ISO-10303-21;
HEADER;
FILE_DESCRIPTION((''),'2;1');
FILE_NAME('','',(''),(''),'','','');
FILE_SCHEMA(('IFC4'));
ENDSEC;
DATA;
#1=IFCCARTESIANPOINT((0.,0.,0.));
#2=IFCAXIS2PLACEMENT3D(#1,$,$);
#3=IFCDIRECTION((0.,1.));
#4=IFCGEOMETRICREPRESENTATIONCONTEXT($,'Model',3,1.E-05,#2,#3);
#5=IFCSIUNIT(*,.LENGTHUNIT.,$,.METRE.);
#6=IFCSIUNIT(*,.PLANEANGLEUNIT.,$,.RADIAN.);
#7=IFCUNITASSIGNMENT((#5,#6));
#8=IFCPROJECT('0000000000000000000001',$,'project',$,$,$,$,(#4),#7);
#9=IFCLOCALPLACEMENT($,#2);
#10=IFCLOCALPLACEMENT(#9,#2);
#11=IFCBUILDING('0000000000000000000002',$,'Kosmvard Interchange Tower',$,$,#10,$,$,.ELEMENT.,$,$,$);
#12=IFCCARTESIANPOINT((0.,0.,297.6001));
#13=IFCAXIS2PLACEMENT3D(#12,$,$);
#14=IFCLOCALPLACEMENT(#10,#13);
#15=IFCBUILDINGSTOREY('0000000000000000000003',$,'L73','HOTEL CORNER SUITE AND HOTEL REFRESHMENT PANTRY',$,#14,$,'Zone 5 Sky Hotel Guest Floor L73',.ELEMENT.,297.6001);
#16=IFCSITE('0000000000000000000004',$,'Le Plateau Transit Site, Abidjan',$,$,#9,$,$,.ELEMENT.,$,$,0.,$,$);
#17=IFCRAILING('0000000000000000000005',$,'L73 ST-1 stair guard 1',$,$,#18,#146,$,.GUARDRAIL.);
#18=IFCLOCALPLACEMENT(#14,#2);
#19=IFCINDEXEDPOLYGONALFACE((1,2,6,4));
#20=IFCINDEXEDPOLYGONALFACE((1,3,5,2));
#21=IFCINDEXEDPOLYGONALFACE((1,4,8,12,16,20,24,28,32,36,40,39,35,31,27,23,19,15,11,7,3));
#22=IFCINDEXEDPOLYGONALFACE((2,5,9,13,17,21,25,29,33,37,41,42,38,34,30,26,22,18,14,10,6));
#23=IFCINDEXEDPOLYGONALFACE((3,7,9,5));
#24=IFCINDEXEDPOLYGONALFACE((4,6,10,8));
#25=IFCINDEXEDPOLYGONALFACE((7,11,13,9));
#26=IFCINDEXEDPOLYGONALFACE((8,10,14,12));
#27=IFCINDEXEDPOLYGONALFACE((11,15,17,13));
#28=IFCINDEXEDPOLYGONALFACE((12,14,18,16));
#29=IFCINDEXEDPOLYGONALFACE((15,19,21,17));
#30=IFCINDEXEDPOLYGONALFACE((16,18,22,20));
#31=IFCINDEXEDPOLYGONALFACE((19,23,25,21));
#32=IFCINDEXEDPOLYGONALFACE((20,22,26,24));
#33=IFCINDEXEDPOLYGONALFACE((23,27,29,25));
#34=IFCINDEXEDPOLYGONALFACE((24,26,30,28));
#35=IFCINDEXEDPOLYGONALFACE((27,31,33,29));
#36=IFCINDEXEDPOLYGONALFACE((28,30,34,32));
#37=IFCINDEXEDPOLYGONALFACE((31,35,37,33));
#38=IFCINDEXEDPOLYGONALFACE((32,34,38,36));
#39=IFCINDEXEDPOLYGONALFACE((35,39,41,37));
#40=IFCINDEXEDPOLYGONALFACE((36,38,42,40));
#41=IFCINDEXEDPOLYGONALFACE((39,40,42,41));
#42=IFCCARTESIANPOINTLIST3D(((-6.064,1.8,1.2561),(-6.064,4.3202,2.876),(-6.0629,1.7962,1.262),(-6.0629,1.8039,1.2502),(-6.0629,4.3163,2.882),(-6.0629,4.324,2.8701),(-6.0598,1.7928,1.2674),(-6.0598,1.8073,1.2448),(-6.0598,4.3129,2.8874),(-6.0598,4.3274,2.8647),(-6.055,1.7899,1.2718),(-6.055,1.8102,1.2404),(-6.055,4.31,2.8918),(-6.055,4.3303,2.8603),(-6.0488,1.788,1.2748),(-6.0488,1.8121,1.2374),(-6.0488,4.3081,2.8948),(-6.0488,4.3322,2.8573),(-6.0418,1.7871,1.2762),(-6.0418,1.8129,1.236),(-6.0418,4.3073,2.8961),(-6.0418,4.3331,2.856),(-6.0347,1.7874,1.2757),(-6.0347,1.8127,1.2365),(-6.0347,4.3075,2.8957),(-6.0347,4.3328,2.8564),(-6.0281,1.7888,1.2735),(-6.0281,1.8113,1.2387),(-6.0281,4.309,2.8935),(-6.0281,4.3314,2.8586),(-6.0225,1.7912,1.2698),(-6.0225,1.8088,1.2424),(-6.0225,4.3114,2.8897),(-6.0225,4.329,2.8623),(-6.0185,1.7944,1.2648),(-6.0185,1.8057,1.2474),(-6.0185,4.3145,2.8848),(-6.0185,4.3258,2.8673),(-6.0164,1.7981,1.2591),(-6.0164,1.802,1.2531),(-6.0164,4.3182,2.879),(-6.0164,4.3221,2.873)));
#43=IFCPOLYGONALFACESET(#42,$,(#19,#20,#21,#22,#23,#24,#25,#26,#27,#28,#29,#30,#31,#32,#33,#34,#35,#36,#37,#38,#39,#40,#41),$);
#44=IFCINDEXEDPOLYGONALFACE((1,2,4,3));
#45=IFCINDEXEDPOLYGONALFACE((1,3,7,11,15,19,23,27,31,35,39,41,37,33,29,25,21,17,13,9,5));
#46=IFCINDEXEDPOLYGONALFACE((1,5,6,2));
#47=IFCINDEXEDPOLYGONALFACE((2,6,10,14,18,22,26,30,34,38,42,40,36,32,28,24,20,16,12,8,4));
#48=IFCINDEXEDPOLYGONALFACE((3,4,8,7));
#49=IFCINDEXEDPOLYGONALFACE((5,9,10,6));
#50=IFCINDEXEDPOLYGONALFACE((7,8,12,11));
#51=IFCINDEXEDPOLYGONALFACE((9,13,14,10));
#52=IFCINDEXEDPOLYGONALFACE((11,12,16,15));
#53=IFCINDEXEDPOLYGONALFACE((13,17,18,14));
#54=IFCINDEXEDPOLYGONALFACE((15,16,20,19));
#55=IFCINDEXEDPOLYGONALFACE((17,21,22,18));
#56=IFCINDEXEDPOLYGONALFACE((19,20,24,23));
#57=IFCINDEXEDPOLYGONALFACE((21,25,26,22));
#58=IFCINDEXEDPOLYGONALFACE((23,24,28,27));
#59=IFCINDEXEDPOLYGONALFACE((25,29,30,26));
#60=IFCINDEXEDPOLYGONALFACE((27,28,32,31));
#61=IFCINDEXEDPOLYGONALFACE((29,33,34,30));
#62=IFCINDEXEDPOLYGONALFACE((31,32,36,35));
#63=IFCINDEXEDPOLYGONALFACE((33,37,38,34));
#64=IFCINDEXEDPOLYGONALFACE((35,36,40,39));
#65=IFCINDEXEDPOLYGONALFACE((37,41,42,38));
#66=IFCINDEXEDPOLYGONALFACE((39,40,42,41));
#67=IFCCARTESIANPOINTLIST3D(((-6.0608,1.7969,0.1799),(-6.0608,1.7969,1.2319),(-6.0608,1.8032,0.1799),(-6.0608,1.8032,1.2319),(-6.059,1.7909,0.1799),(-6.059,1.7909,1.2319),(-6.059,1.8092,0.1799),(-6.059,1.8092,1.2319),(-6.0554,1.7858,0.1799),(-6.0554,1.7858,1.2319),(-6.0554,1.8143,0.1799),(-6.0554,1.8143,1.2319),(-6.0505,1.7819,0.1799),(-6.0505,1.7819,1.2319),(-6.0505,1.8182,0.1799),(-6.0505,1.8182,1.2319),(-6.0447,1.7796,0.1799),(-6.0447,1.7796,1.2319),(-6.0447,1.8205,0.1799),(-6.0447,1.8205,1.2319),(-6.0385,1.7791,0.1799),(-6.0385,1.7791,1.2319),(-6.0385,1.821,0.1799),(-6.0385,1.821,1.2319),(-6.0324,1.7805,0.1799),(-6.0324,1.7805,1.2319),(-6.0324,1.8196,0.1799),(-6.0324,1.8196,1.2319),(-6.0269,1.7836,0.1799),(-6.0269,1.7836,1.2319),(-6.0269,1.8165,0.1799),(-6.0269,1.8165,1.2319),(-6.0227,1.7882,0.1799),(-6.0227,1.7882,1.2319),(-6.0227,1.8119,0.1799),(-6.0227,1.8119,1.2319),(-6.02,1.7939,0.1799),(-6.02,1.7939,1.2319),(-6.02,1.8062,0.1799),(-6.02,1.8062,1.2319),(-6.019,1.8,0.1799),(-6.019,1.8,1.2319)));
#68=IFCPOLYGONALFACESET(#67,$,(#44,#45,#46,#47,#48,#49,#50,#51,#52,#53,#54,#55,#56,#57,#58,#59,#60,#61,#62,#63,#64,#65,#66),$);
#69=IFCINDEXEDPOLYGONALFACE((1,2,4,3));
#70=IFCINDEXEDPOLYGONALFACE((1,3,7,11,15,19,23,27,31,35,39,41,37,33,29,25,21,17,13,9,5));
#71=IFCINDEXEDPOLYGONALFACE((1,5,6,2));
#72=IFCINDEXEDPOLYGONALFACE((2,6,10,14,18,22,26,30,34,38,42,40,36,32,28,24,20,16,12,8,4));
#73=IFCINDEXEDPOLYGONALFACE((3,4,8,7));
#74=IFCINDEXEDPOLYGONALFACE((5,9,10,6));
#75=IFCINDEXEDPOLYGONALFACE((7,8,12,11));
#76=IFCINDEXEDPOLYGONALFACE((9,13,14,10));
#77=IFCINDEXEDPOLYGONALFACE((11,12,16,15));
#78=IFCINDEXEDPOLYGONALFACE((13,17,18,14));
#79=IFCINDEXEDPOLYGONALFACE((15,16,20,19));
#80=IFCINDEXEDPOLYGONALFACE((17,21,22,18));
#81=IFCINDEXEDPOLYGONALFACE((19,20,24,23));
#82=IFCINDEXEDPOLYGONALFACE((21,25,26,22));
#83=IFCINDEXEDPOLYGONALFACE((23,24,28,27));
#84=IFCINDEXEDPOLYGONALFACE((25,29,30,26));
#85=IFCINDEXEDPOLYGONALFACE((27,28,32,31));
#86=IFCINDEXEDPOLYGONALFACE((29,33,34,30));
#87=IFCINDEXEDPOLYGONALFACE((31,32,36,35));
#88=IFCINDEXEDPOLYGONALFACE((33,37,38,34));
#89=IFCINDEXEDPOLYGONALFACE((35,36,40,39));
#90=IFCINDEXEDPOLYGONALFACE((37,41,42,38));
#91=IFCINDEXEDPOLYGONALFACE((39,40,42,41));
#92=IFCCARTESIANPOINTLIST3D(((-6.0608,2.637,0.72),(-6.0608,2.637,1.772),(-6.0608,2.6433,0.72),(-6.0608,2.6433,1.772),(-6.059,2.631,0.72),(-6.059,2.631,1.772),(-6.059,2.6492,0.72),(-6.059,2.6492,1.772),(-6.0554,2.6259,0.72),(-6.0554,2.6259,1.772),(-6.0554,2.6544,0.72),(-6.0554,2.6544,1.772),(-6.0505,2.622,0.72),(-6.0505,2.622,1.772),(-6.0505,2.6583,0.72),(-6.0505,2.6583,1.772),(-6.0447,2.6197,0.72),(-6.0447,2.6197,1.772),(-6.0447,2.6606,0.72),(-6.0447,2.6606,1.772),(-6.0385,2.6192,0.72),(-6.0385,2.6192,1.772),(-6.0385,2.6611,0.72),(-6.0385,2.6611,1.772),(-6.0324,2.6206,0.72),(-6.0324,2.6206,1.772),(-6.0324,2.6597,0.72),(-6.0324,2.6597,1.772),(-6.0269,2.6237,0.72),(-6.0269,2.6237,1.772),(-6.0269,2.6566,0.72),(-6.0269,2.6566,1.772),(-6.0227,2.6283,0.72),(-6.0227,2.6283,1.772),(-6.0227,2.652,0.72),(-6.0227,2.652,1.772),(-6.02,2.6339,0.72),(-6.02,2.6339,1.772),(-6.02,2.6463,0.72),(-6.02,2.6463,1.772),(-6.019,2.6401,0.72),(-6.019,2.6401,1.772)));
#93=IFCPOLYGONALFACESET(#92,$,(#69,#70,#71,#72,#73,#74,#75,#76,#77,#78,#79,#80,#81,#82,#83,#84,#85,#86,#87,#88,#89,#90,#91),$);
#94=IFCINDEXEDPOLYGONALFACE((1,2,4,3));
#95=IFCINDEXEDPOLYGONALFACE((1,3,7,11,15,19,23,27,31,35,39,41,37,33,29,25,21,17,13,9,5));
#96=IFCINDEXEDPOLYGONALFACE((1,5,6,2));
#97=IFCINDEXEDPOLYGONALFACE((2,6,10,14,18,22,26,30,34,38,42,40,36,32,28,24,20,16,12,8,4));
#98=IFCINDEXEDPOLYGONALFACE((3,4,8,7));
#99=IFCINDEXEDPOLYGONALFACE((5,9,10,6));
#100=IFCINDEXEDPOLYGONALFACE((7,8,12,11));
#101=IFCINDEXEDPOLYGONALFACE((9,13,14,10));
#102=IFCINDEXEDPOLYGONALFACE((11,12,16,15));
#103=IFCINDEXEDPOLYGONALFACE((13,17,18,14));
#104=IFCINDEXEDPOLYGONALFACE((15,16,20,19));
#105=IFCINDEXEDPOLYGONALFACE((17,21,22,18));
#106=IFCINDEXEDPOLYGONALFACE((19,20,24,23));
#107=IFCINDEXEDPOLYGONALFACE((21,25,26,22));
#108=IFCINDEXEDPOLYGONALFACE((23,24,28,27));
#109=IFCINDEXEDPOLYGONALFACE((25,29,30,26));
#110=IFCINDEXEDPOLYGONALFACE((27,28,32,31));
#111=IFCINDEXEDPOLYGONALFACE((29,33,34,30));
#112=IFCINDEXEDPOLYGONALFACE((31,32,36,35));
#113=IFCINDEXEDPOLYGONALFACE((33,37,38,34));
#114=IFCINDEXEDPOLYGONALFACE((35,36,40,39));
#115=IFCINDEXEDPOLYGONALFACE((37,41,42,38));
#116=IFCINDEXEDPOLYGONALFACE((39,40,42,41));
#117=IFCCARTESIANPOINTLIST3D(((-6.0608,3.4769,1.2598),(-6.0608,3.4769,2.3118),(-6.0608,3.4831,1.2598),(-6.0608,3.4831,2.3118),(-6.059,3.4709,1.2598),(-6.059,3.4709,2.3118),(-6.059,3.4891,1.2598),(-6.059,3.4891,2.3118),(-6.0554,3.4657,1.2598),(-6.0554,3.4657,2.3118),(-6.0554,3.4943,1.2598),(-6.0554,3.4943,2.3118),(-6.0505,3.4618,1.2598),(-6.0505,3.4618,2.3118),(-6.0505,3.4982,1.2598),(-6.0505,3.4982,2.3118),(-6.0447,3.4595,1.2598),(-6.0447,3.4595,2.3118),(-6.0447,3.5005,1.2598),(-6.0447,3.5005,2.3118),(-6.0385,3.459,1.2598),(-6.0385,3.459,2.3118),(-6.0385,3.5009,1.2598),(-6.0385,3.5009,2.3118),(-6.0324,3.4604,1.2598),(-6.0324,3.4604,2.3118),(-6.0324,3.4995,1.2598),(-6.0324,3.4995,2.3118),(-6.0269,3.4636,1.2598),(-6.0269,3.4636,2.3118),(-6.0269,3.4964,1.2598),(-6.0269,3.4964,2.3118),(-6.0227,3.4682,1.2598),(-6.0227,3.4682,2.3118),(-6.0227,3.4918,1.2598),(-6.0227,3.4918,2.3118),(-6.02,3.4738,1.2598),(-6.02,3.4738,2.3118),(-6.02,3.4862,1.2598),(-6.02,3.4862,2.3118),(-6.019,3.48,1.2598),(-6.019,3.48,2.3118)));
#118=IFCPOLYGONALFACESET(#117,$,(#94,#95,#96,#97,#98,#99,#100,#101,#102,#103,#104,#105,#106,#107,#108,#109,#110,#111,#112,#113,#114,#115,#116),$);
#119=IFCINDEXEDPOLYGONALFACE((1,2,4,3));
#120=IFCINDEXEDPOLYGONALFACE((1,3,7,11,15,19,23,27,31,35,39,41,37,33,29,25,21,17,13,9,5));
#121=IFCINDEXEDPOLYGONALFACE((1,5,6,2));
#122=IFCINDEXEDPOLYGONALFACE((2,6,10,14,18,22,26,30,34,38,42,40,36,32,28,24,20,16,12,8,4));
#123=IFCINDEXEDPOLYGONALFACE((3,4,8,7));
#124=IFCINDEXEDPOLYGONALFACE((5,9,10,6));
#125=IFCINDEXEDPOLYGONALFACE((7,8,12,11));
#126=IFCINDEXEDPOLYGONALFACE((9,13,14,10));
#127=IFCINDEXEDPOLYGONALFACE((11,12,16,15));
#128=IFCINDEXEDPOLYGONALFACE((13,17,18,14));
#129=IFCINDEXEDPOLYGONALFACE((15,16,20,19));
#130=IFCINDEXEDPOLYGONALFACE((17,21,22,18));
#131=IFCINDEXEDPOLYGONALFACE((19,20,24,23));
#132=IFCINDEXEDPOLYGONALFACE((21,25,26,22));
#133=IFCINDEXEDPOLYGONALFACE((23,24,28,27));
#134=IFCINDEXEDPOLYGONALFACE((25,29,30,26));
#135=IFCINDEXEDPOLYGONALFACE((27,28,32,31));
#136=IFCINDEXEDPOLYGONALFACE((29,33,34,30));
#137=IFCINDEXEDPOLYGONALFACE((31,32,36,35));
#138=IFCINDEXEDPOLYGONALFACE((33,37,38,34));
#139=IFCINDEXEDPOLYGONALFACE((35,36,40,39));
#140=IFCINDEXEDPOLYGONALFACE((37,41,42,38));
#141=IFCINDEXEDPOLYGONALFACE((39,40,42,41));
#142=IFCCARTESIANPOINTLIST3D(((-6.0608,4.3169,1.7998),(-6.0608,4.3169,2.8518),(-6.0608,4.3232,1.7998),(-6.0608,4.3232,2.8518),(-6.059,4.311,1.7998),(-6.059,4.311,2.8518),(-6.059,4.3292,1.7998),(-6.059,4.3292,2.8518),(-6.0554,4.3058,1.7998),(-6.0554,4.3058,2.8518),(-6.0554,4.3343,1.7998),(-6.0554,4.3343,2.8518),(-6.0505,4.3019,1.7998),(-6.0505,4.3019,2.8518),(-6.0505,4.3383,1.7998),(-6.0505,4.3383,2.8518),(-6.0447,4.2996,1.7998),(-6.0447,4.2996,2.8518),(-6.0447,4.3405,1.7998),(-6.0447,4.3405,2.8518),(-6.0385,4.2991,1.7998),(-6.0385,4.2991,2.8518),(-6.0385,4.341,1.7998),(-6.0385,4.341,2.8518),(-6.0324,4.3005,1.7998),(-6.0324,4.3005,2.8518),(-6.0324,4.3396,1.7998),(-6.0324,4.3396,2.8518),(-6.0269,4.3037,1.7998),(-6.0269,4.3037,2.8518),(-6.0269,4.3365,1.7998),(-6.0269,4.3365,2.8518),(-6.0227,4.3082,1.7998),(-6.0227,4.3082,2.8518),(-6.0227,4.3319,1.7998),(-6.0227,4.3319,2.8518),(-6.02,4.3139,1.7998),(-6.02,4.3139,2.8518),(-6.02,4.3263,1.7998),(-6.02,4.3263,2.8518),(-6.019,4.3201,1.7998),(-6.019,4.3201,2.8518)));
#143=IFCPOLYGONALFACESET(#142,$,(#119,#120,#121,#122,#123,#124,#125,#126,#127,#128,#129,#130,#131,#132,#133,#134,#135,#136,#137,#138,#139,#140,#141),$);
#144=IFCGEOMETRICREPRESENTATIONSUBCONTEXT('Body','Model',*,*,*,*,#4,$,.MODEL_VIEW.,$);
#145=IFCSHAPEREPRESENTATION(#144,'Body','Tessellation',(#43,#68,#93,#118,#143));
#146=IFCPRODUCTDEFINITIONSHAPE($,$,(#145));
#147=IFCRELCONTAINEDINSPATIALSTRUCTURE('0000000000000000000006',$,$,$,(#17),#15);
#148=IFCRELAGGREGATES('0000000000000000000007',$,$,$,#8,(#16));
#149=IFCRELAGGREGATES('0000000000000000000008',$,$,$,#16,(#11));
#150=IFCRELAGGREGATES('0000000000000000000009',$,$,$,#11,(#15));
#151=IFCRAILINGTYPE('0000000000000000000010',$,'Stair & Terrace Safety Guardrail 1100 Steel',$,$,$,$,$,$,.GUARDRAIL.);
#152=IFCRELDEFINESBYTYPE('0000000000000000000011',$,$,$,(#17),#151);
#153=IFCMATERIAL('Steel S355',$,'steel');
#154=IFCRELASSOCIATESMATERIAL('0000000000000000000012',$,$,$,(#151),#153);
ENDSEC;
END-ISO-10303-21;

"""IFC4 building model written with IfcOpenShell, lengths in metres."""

from ifc_helpers import new_model, si_unit, direction, frame, origin, origin_2d, place, context, subcontext, project, spatial, circle, extrude, source, transform, mapped, material, type_object, element, save


model = new_model("IFC4")

# Units and contexts
model_context = context("Model", 3, precision=1e-05, world=origin(), true_north=direction((0.0, 1.0)))
body_context = subcontext(model_context, "Body", "Model", "MODEL_VIEW")
ifc_project = project(units=[si_unit("LENGTHUNIT", "METRE"), si_unit("PLANEANGLEUNIT", "RADIAN")], contexts=[model_context])

# Site, building, storey
site_placement = place(None, origin())
site = spatial("IfcSite", under=ifc_project, at=site_placement, Name="Le Plateau Transit Site, Abidjan", CompositionType="ELEMENT", RefElevation=0.0)
building_placement = place(site_placement, origin())
building = spatial("IfcBuilding", under=site, at=building_placement, Name="Kosmvard Interchange Tower", CompositionType="ELEMENT")
storey_placement = place(building_placement, frame((0.0, 0.0, 297.6001)))
storey = spatial("IfcBuildingStorey", under=building, at=storey_placement, Name="L73", Description="HOTEL CORNER SUITE AND HOTEL REFRESHMENT PANTRY", LongName="Zone 5 Sky Hotel Guest Floor L73", CompositionType="ELEMENT", Elevation=297.6001)

# Shared definitions
ifc_material_1 = material(Name="Steel S355", Category="steel")

# Railing
railing_type_1 = type_object("IfcRailingType", Name="Stair & Terrace Safety Guardrail 1100 Steel", PredefinedType="GUARDRAIL", material=ifc_material_1)
shared_shape_1 = source(origin(), body_context, "Body", "SweptSolid", [
    extrude(circle(Radius=0.0239, at=origin_2d()), frame((0.0, 0.0, 1.0762), z_axis=(0.0, 0.8412, 0.540725), x_axis=(-1.0, 0.0, 0.0)), (0.0, 0.0, 1.0), 2.9958),
    extrude(circle(Radius=0.021, at=origin_2d()), origin(), (0.0, 0.0, 1.0), 1.052),
    extrude(circle(Radius=0.021, at=origin_2d()), frame((0.0, 0.8401, 0.54)), (0.0, 0.0, 1.0), 1.052),
    extrude(circle(Radius=0.021, at=origin_2d()), frame((0.0, 1.6799, 1.0798)), (0.0, 0.0, 1.0), 1.052),
    extrude(circle(Radius=0.021, at=origin_2d()), frame((0.0, 2.52, 1.6199)), (0.0, 0.0, 1.0), 1.052),
])
railing_1_placement = place(storey_placement, frame((-6.04, 1.8, 0.1799)))
element("IfcRailing", 1, at=railing_1_placement, inside=storey, type_object=railing_type_1, Name="L73 ST-1 stair guard 1", PredefinedType="GUARDRAIL", context=body_context, shape_type="MappedRepresentation", body=[
    mapped(shared_shape_1, transform((0.0, 0.0, 0.0), scale=1.0)),
])

save(model, "model.ifc")
